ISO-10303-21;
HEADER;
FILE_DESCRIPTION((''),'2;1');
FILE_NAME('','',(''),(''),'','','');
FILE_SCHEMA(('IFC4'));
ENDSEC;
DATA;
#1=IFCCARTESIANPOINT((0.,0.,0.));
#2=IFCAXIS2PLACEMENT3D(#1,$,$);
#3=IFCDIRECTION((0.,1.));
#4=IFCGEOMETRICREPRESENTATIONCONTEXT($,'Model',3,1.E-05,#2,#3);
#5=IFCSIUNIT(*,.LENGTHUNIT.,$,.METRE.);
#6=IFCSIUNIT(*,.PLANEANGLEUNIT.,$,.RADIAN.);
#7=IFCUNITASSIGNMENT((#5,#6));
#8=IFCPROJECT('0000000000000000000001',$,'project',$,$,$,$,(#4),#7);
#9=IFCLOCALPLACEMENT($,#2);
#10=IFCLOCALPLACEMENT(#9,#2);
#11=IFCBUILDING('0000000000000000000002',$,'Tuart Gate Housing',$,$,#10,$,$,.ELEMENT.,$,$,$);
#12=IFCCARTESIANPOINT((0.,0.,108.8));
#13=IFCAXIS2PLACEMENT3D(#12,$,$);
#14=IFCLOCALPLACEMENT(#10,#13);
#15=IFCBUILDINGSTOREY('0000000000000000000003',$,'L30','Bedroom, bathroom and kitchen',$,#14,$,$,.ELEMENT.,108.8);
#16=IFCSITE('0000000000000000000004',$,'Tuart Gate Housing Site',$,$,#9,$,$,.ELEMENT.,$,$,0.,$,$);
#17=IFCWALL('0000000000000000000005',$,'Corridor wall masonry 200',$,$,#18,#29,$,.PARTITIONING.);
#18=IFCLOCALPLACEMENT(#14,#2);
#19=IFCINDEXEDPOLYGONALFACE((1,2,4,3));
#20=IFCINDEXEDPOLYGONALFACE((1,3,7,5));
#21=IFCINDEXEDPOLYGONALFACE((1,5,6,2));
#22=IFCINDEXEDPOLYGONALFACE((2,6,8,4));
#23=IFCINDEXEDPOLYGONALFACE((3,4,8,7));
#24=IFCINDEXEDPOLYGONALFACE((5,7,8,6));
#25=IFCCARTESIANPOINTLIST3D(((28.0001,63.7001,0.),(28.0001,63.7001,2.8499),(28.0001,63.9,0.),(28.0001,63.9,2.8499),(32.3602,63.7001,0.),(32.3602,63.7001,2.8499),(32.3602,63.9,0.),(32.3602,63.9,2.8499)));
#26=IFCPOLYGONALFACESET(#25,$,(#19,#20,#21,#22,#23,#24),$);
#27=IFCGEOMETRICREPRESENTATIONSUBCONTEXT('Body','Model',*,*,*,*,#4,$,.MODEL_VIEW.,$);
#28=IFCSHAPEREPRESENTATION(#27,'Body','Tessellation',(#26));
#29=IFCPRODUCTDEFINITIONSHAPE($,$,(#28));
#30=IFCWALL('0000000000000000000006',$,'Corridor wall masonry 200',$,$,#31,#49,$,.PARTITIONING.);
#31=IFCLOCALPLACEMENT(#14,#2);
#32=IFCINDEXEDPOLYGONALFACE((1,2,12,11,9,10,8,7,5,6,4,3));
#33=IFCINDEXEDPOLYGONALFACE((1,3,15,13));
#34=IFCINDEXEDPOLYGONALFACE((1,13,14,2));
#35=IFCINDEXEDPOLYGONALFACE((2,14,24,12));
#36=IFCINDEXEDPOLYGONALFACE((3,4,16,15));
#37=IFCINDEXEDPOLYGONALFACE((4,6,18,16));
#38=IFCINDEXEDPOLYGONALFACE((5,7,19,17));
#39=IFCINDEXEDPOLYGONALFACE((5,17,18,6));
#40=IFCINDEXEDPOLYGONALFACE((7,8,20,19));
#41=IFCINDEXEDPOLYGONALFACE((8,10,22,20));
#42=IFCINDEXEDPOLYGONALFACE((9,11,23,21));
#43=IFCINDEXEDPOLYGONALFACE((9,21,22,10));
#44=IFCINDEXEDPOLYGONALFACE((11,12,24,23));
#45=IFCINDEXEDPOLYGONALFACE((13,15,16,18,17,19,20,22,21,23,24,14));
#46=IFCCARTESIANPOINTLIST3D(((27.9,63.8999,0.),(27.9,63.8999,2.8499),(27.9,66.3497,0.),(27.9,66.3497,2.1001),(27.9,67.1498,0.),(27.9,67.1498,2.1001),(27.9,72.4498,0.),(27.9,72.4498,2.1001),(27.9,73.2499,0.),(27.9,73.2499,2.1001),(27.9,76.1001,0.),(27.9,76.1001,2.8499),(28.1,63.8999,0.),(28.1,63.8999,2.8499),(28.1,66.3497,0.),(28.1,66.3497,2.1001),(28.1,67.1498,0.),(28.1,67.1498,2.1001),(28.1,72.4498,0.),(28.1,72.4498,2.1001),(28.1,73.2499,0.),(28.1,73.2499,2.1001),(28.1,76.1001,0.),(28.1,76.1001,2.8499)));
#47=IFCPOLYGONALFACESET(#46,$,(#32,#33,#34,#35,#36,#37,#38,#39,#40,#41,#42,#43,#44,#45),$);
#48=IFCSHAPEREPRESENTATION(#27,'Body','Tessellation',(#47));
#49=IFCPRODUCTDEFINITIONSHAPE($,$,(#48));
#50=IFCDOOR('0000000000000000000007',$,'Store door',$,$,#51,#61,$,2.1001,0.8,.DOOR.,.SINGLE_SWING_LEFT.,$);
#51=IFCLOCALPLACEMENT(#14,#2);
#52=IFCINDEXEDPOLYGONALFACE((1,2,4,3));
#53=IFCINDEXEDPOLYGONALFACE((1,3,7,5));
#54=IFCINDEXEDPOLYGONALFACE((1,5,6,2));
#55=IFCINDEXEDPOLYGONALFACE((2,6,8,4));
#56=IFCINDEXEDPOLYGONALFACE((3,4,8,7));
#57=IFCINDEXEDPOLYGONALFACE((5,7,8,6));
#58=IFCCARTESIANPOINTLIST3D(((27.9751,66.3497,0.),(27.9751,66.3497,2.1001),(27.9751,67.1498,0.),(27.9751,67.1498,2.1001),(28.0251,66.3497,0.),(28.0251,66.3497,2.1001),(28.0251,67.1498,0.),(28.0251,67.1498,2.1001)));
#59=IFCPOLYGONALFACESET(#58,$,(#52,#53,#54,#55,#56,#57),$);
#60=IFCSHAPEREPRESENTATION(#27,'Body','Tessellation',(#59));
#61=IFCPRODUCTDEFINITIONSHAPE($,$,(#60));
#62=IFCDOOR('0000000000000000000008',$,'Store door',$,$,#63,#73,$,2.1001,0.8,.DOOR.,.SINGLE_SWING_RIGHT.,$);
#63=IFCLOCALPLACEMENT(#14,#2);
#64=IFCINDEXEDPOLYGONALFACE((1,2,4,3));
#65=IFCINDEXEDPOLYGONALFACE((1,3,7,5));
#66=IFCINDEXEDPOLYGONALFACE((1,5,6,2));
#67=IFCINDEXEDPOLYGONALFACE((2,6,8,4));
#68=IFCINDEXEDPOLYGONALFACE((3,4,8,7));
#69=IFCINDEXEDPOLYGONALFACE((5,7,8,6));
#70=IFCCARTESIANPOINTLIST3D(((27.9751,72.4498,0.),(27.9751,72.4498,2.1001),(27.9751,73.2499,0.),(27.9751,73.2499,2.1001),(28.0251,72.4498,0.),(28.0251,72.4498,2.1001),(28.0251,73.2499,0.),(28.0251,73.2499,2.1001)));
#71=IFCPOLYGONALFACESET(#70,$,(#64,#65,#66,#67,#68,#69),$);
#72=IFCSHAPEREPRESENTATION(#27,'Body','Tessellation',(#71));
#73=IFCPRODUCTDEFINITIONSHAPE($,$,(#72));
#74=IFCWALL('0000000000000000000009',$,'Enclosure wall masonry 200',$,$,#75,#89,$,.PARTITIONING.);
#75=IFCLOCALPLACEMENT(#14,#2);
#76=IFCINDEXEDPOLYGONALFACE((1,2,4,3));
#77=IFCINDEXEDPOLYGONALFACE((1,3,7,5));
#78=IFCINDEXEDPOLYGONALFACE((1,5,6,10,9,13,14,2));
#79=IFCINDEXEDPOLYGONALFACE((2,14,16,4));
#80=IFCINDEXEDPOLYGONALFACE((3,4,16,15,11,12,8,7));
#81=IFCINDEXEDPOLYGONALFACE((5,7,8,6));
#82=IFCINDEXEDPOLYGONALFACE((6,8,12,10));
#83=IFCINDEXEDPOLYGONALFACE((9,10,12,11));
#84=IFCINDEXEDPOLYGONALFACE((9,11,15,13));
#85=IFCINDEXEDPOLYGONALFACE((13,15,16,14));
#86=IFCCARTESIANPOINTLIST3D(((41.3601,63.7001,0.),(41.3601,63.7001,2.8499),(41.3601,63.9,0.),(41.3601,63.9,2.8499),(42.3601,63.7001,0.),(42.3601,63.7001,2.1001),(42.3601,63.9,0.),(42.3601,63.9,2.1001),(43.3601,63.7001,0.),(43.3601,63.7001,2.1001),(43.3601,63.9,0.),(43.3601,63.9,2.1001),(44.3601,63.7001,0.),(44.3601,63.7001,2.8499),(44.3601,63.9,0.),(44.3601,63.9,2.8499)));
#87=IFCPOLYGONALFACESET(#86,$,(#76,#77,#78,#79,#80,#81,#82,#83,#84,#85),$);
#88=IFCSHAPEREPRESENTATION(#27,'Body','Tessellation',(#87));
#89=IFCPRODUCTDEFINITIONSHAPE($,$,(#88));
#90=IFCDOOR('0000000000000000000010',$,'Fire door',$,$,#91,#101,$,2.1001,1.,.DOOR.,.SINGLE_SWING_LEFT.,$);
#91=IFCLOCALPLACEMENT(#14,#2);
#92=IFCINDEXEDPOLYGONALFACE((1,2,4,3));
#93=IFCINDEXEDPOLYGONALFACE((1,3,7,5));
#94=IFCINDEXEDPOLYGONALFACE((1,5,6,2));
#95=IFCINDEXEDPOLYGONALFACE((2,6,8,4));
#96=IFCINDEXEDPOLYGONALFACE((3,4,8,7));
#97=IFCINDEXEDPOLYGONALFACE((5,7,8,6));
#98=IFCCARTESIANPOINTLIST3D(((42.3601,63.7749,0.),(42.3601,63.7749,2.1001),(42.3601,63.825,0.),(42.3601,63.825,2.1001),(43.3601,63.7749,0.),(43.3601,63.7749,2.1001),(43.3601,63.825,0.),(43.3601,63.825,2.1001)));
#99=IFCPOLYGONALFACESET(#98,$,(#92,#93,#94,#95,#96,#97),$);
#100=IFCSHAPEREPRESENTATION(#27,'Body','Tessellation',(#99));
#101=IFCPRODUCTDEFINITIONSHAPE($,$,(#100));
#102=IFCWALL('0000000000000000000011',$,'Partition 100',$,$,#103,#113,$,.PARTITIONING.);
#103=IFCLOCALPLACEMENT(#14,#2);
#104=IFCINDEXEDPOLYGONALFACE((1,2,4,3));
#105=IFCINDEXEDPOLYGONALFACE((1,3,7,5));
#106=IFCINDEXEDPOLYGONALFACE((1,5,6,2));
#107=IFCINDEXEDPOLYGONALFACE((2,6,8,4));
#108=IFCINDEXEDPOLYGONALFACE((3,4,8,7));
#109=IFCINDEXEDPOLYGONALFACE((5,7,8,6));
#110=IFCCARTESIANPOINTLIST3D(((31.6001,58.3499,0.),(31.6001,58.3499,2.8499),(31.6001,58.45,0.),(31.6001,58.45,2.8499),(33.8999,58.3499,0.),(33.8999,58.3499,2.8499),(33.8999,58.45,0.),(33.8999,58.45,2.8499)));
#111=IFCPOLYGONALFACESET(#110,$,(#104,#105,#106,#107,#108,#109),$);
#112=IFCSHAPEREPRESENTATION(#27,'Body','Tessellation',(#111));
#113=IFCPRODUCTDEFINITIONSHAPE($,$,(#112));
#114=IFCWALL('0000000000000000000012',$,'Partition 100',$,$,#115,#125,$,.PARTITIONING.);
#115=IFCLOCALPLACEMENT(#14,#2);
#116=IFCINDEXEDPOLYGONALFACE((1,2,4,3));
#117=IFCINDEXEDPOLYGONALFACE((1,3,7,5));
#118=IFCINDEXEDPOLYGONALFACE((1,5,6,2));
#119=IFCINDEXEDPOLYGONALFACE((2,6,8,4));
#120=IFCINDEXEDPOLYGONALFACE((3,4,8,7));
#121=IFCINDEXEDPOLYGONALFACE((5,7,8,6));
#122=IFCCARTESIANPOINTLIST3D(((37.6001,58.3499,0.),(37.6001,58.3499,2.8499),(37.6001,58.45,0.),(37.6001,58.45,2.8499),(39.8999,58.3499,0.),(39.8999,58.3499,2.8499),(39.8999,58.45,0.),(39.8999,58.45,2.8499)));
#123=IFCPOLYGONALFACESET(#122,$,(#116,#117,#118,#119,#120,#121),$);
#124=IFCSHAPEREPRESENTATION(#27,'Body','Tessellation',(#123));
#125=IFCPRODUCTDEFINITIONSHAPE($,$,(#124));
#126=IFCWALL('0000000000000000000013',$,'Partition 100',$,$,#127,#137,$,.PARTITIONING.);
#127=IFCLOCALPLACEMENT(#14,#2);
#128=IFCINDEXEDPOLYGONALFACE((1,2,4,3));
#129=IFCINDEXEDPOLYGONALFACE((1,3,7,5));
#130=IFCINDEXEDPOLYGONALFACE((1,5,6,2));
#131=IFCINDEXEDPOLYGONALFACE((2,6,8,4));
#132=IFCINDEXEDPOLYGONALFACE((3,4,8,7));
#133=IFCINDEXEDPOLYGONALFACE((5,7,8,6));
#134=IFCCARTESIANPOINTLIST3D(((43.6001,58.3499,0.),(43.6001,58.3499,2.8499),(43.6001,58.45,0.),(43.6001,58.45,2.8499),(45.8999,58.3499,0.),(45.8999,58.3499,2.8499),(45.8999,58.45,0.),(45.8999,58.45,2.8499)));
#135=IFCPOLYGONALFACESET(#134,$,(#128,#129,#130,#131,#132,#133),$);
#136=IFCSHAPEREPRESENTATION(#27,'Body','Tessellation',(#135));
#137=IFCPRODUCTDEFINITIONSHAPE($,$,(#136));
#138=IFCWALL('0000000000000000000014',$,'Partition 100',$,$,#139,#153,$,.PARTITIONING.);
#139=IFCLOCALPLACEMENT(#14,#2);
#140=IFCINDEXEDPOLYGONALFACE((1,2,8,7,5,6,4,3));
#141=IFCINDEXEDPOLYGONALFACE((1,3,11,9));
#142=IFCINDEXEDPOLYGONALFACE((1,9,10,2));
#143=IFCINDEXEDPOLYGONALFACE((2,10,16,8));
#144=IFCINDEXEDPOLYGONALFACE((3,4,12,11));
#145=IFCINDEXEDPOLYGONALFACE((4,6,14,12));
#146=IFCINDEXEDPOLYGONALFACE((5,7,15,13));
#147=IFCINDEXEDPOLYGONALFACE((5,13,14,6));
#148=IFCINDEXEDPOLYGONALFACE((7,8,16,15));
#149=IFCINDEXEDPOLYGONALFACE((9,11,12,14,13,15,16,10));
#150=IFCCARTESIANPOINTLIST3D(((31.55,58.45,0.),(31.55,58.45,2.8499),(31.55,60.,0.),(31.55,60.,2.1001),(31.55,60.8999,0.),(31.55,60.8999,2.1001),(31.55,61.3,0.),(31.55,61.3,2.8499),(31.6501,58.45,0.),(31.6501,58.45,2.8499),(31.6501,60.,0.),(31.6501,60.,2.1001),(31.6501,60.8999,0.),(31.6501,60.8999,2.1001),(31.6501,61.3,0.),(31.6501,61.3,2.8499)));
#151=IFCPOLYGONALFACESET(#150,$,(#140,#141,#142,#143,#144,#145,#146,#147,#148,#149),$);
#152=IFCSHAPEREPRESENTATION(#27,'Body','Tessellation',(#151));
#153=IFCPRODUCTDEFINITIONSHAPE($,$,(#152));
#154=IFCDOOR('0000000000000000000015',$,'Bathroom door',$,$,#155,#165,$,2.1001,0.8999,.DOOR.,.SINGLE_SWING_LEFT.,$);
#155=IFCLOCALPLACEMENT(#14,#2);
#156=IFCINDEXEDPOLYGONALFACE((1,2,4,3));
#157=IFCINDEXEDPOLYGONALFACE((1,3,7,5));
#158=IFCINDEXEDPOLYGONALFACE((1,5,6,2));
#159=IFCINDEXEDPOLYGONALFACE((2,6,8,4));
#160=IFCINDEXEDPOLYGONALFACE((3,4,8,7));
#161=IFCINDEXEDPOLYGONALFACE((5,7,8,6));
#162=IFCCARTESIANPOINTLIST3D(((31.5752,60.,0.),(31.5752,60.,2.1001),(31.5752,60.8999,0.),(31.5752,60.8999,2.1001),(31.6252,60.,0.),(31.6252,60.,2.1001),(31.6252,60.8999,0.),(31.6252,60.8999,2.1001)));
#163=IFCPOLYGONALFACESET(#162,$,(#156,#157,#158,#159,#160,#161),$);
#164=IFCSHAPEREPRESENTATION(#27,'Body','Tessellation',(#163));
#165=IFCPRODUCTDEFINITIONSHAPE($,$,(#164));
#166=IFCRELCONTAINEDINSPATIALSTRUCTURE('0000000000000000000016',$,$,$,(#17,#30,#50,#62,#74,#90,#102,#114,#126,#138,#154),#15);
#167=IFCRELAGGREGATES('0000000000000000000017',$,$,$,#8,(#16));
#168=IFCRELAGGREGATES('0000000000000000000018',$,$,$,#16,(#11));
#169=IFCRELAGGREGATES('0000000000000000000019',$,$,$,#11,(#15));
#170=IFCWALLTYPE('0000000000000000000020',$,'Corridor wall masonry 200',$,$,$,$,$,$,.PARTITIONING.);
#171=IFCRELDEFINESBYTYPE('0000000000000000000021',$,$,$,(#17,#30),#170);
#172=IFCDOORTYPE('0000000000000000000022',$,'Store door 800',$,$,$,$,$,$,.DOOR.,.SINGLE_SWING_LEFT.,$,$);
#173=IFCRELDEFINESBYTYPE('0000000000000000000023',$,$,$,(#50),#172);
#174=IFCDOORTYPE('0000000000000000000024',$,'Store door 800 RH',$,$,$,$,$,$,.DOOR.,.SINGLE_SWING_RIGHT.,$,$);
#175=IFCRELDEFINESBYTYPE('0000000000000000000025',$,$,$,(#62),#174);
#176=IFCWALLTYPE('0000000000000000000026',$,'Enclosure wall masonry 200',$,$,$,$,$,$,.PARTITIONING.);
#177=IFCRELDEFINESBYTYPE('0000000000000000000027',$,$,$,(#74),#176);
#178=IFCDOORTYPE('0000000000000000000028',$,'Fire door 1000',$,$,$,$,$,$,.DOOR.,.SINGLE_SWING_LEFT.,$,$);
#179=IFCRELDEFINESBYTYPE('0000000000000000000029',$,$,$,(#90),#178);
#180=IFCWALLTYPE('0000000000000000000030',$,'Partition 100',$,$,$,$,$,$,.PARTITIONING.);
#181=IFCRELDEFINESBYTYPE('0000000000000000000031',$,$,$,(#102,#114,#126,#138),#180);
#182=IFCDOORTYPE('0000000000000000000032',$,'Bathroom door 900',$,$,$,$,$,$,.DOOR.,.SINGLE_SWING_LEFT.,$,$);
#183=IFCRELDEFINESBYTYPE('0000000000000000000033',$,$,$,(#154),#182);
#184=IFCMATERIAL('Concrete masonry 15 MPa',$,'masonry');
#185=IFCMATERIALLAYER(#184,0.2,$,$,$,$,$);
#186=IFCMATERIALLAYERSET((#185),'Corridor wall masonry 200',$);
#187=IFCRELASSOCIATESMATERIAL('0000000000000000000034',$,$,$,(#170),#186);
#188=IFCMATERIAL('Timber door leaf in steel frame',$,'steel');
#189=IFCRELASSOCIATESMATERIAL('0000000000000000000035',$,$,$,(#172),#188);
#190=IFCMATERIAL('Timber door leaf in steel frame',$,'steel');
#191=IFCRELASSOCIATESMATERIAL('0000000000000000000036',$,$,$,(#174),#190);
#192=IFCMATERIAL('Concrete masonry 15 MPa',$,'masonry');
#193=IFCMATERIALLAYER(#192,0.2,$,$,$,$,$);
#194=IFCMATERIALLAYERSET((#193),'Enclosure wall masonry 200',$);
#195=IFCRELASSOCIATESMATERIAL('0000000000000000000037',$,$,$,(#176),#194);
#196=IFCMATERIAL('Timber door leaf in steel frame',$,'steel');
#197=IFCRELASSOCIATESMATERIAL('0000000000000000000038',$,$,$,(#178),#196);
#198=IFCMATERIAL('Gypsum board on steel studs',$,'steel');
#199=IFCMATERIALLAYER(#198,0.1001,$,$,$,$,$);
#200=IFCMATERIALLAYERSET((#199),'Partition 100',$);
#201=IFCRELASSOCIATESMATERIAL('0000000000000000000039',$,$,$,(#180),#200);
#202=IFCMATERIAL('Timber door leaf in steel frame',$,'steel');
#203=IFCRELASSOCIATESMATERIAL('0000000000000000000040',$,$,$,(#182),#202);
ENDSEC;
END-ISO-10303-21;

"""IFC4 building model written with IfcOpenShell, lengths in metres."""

from ifc_helpers import new_model, si_unit, direction, frame, frame_2d, origin, place, context, subcontext, project, spatial, rectangle, extrude, material, layer, layer_set, type_object, element, fill, save


model = new_model("IFC4")

# Units and contexts
model_context = context("Model", 3, precision=1e-05, world=origin(), true_north=direction((0.0, 1.0)))
body_context = subcontext(model_context, "Body", "Model", "MODEL_VIEW")
ifc_project = project(units=[si_unit("LENGTHUNIT", "METRE"), si_unit("PLANEANGLEUNIT", "RADIAN")], contexts=[model_context])

# Site, building, storey
site_placement = place(None, origin())
site = spatial("IfcSite", under=ifc_project, at=site_placement, Name="Tuart Gate Housing Site", CompositionType="ELEMENT", RefElevation=0.0)
building_placement = place(site_placement, origin())
building = spatial("IfcBuilding", under=site, at=building_placement, Name="Tuart Gate Housing", CompositionType="ELEMENT")
storey_placement = place(building_placement, frame((0.0, 0.0, 108.8)))
storey = spatial("IfcBuildingStorey", under=building, at=storey_placement, Name="L30", Description="Bedroom, bathroom and kitchen", CompositionType="ELEMENT", Elevation=108.8)

# Shared definitions
ifc_material_1 = material(Name="Concrete masonry 15 MPa", Category="masonry")
ifc_layer_1 = layer(ifc_material_1, 0.2)
ifc_layer_set_1 = layer_set([ifc_layer_1], Name="Corridor wall masonry 200")
wall_type_1 = type_object("IfcWallType", Name="Corridor wall masonry 200", PredefinedType="PARTITIONING", material=ifc_layer_set_1)

# Wall
wall_1_placement = place(storey_placement, frame((28.0, 63.8, 0.0), z_axis=(0.0, 0.0, 1.0), x_axis=(1.0, 0.0, 0.0)))
element("IfcWall", 1, at=wall_1_placement, inside=storey, type_object=wall_type_1, Name="Corridor wall masonry 200", PredefinedType="PARTITIONING", context=body_context, shape_type="SweptSolid", body=[
    extrude(rectangle(XDim=4.3601, YDim=0.2, at=frame_2d((2.1802, 0.0))), origin(), (0.0, 0.0, 1.0), 2.8499),
])

# Wall, openings, doors
wall_2_placement = place(storey_placement, frame((28.0, 63.8999, 0.0), z_axis=(0.0, 0.0, 1.0), x_axis=(0.0, 1.0, 0.0)))
wall_2 = element("IfcWall", 2, at=wall_2_placement, inside=storey, type_object=wall_type_1, Name="Corridor wall masonry 200", PredefinedType="PARTITIONING", context=body_context, shape_type="SweptSolid", body=[
    extrude(rectangle(XDim=12.2002, YDim=0.2, at=frame_2d((6.1001, 0.0))), origin(), (0.0, 0.0, 1.0), 2.8499),
])
opening_1_placement = place(wall_2_placement, frame((2.45, 0.0, 0.0)))
opening_1 = element("IfcOpeningElement", 3, at=opening_1_placement, cuts=wall_2, PredefinedType="OPENING", context=body_context, shape_type="SweptSolid", body=[
    extrude(rectangle(XDim=0.8, YDim=2.1001, at=frame_2d((0.3999, 1.05))), frame((0.0, 0.1099, 0.0), z_axis=(0.0, -1.0, 0.0), x_axis=(1.0, 0.0, 0.0)), (0.0, 0.0, 1.0), 0.22),
])
opening_2_placement = place(wall_2_placement, frame((8.55, 0.0, 0.0)))
opening_2 = element("IfcOpeningElement", 4, at=opening_2_placement, cuts=wall_2, PredefinedType="OPENING", context=body_context, shape_type="SweptSolid", body=[
    extrude(rectangle(XDim=0.8, YDim=2.1001, at=frame_2d((0.3999, 1.05))), frame((0.0, 0.1099, 0.0), z_axis=(0.0, -1.0, 0.0), x_axis=(1.0, 0.0, 0.0)), (0.0, 0.0, 1.0), 0.22),
])
ifc_material_2 = material(Name="Timber door leaf in steel frame", Category="steel")
door_type_1 = type_object("IfcDoorType", Name="Store door 800", OperationType="SINGLE_SWING_LEFT", PredefinedType="DOOR", material=ifc_material_2)
door_1_placement = place(opening_1_placement, frame((0.8, 0.0, 0.0), z_axis=(0.0, 0.0, 1.0), x_axis=(-1.0, 0.0, 0.0)))
door_1 = element("IfcDoor", 5, at=door_1_placement, inside=storey, type_object=door_type_1, Name="Store door", OperationType="SINGLE_SWING_LEFT", OverallHeight=2.1001, OverallWidth=0.8, PredefinedType="DOOR", context=body_context, shape_type="SweptSolid", body=[
    extrude(rectangle(XDim=0.8, YDim=2.1001, at=frame_2d((0.4001, 1.05))), frame((0.0, 0.0251, 0.0), z_axis=(0.0, -1.0, 0.0), x_axis=(1.0, 0.0, 0.0)), (0.0, 0.0, 1.0), 0.05),
])
fill(opening_1, door_1)
ifc_material_3 = material(Name="Timber door leaf in steel frame", Category="steel")
door_type_2 = type_object("IfcDoorType", Name="Store door 800 RH", OperationType="SINGLE_SWING_RIGHT", PredefinedType="DOOR", material=ifc_material_3)
door_2_placement = place(opening_2_placement, frame((0.8, 0.0, 0.0), z_axis=(0.0, 0.0, 1.0), x_axis=(-1.0, 0.0, 0.0)))
door_2 = element("IfcDoor", 6, at=door_2_placement, inside=storey, type_object=door_type_2, Name="Store door", OperationType="SINGLE_SWING_RIGHT", OverallHeight=2.1001, OverallWidth=0.8, PredefinedType="DOOR", context=body_context, shape_type="SweptSolid", body=[
    extrude(rectangle(XDim=0.8, YDim=2.1001, at=frame_2d((0.4001, 1.05))), frame((0.0, 0.0251, 0.0), z_axis=(0.0, -1.0, 0.0), x_axis=(1.0, 0.0, 0.0)), (0.0, 0.0, 1.0), 0.05),
])
fill(opening_2, door_2)

# Wall, opening, door
ifc_material_4 = material(Name="Concrete masonry 15 MPa", Category="masonry")
ifc_layer_2 = layer(ifc_material_4, 0.2)
ifc_layer_set_2 = layer_set([ifc_layer_2], Name="Enclosure wall masonry 200")
wall_type_2 = type_object("IfcWallType", Name="Enclosure wall masonry 200", PredefinedType="PARTITIONING", material=ifc_layer_set_2)
wall_3_placement = place(storey_placement, frame((41.3601, 63.8, 0.0), z_axis=(0.0, 0.0, 1.0), x_axis=(1.0, 0.0, 0.0)))
wall_3 = element("IfcWall", 7, at=wall_3_placement, inside=storey, type_object=wall_type_2, Name="Enclosure wall masonry 200", PredefinedType="PARTITIONING", context=body_context, shape_type="SweptSolid", body=[
    extrude(rectangle(XDim=3.0, YDim=0.2, at=frame_2d((1.5, 0.0))), origin(), (0.0, 0.0, 1.0), 2.8499),
])
opening_3_placement = place(wall_3_placement, frame((1.0, 0.0, 0.0)))
opening_3 = element("IfcOpeningElement", 8, at=opening_3_placement, cuts=wall_3, PredefinedType="OPENING", context=body_context, shape_type="SweptSolid", body=[
    extrude(rectangle(XDim=1.0, YDim=2.1001, at=frame_2d((0.5, 1.05))), frame((0.0, 0.1099, 0.0), z_axis=(0.0, -1.0, 0.0), x_axis=(1.0, 0.0, 0.0)), (0.0, 0.0, 1.0), 0.22),
])
ifc_material_5 = material(Name="Timber door leaf in steel frame", Category="steel")
door_type_3 = type_object("IfcDoorType", Name="Fire door 1000", OperationType="SINGLE_SWING_LEFT", PredefinedType="DOOR", material=ifc_material_5)
door_3_placement = place(opening_3_placement, frame((1.0, 0.0, 0.0), z_axis=(0.0, 0.0, 1.0), x_axis=(-1.0, 0.0, 0.0)))
door_3 = element("IfcDoor", 9, at=door_3_placement, inside=storey, type_object=door_type_3, Name="Fire door", OperationType="SINGLE_SWING_LEFT", OverallHeight=2.1001, OverallWidth=1.0, PredefinedType="DOOR", context=body_context, shape_type="SweptSolid", body=[
    extrude(rectangle(XDim=1.0, YDim=2.1001, at=frame_2d((0.5, 1.05))), frame((0.0, 0.0251, 0.0), z_axis=(0.0, -1.0, 0.0), x_axis=(1.0, 0.0, 0.0)), (0.0, 0.0, 1.0), 0.05),
])
fill(opening_3, door_3)

# Walls
ifc_material_6 = material(Name="Gypsum board on steel studs", Category="steel")
ifc_layer_3 = layer(ifc_material_6, 0.1001)
ifc_layer_set_3 = layer_set([ifc_layer_3], Name="Partition 100")
wall_type_3 = type_object("IfcWallType", Name="Partition 100", PredefinedType="PARTITIONING", material=ifc_layer_set_3)
for number, where, z_axis, x_axis, name in (
    (10, (31.6001, 58.3999, 0.0), (0.0, 0.0, 1.0), (1.0, 0.0, 0.0), "Partition 100"),
    (11, (37.6001, 58.3999, 0.0), (0.0, 0.0, 1.0), (1.0, 0.0, 0.0), "Partition 100"),
    (12, (43.6001, 58.3999, 0.0), (0.0, 0.0, 1.0), (1.0, 0.0, 0.0), "Partition 100"),
):
    element("IfcWall", number, at=place(storey_placement, frame(where, z_axis=z_axis, x_axis=x_axis)), inside=storey, type_object=wall_type_3, Name=name, PredefinedType="PARTITIONING", context=body_context, shape_type="SweptSolid", body=[
        extrude(rectangle(XDim=2.2998, YDim=0.1001, at=frame_2d((1.1499, 0.0))), origin(), (0.0, 0.0, 1.0), 2.8499),
    ])

# Wall, opening, door
wall_4_placement = place(storey_placement, frame((31.6001, 58.45, 0.0), z_axis=(0.0, 0.0, 1.0), x_axis=(0.0, 1.0, 0.0)))
wall_4 = element("IfcWall", 13, at=wall_4_placement, inside=storey, type_object=wall_type_3, Name="Partition 100", PredefinedType="PARTITIONING", context=body_context, shape_type="SweptSolid", body=[
    extrude(rectangle(XDim=2.8501, YDim=0.1001, at=frame_2d((1.425, 0.0))), origin(), (0.0, 0.0, 1.0), 2.8499),
])
opening_4_placement = place(wall_4_placement, frame((1.55, 0.0, 0.0)))
opening_4 = element("IfcOpeningElement", 14, at=opening_4_placement, cuts=wall_4, PredefinedType="OPENING", context=body_context, shape_type="SweptSolid", body=[
    extrude(rectangle(XDim=0.8999, YDim=2.1001, at=frame_2d((0.45, 1.05))), frame((0.0, 0.0601, 0.0), z_axis=(0.0, -1.0, 0.0), x_axis=(1.0, 0.0, 0.0)), (0.0, 0.0, 1.0), 0.1201),
])
ifc_material_7 = material(Name="Timber door leaf in steel frame", Category="steel")
door_type_4 = type_object("IfcDoorType", Name="Bathroom door 900", OperationType="SINGLE_SWING_LEFT", PredefinedType="DOOR", material=ifc_material_7)
door_4_placement = place(opening_4_placement, frame((0.8999, 0.0, 0.0), z_axis=(0.0, 0.0, 1.0), x_axis=(-1.0, 0.0, 0.0)))
door_4 = element("IfcDoor", 15, at=door_4_placement, inside=storey, type_object=door_type_4, Name="Bathroom door", OperationType="SINGLE_SWING_LEFT", OverallHeight=2.1001, OverallWidth=0.8999, PredefinedType="DOOR", context=body_context, shape_type="SweptSolid", body=[
    extrude(rectangle(XDim=0.8999, YDim=2.1001, at=frame_2d((0.45, 1.05))), frame((0.0, 0.0251, 0.0), z_axis=(0.0, -1.0, 0.0), x_axis=(1.0, 0.0, 0.0)), (0.0, 0.0, 1.0), 0.05),
])
fill(opening_4, door_4)

save(model, "model.ifc")
